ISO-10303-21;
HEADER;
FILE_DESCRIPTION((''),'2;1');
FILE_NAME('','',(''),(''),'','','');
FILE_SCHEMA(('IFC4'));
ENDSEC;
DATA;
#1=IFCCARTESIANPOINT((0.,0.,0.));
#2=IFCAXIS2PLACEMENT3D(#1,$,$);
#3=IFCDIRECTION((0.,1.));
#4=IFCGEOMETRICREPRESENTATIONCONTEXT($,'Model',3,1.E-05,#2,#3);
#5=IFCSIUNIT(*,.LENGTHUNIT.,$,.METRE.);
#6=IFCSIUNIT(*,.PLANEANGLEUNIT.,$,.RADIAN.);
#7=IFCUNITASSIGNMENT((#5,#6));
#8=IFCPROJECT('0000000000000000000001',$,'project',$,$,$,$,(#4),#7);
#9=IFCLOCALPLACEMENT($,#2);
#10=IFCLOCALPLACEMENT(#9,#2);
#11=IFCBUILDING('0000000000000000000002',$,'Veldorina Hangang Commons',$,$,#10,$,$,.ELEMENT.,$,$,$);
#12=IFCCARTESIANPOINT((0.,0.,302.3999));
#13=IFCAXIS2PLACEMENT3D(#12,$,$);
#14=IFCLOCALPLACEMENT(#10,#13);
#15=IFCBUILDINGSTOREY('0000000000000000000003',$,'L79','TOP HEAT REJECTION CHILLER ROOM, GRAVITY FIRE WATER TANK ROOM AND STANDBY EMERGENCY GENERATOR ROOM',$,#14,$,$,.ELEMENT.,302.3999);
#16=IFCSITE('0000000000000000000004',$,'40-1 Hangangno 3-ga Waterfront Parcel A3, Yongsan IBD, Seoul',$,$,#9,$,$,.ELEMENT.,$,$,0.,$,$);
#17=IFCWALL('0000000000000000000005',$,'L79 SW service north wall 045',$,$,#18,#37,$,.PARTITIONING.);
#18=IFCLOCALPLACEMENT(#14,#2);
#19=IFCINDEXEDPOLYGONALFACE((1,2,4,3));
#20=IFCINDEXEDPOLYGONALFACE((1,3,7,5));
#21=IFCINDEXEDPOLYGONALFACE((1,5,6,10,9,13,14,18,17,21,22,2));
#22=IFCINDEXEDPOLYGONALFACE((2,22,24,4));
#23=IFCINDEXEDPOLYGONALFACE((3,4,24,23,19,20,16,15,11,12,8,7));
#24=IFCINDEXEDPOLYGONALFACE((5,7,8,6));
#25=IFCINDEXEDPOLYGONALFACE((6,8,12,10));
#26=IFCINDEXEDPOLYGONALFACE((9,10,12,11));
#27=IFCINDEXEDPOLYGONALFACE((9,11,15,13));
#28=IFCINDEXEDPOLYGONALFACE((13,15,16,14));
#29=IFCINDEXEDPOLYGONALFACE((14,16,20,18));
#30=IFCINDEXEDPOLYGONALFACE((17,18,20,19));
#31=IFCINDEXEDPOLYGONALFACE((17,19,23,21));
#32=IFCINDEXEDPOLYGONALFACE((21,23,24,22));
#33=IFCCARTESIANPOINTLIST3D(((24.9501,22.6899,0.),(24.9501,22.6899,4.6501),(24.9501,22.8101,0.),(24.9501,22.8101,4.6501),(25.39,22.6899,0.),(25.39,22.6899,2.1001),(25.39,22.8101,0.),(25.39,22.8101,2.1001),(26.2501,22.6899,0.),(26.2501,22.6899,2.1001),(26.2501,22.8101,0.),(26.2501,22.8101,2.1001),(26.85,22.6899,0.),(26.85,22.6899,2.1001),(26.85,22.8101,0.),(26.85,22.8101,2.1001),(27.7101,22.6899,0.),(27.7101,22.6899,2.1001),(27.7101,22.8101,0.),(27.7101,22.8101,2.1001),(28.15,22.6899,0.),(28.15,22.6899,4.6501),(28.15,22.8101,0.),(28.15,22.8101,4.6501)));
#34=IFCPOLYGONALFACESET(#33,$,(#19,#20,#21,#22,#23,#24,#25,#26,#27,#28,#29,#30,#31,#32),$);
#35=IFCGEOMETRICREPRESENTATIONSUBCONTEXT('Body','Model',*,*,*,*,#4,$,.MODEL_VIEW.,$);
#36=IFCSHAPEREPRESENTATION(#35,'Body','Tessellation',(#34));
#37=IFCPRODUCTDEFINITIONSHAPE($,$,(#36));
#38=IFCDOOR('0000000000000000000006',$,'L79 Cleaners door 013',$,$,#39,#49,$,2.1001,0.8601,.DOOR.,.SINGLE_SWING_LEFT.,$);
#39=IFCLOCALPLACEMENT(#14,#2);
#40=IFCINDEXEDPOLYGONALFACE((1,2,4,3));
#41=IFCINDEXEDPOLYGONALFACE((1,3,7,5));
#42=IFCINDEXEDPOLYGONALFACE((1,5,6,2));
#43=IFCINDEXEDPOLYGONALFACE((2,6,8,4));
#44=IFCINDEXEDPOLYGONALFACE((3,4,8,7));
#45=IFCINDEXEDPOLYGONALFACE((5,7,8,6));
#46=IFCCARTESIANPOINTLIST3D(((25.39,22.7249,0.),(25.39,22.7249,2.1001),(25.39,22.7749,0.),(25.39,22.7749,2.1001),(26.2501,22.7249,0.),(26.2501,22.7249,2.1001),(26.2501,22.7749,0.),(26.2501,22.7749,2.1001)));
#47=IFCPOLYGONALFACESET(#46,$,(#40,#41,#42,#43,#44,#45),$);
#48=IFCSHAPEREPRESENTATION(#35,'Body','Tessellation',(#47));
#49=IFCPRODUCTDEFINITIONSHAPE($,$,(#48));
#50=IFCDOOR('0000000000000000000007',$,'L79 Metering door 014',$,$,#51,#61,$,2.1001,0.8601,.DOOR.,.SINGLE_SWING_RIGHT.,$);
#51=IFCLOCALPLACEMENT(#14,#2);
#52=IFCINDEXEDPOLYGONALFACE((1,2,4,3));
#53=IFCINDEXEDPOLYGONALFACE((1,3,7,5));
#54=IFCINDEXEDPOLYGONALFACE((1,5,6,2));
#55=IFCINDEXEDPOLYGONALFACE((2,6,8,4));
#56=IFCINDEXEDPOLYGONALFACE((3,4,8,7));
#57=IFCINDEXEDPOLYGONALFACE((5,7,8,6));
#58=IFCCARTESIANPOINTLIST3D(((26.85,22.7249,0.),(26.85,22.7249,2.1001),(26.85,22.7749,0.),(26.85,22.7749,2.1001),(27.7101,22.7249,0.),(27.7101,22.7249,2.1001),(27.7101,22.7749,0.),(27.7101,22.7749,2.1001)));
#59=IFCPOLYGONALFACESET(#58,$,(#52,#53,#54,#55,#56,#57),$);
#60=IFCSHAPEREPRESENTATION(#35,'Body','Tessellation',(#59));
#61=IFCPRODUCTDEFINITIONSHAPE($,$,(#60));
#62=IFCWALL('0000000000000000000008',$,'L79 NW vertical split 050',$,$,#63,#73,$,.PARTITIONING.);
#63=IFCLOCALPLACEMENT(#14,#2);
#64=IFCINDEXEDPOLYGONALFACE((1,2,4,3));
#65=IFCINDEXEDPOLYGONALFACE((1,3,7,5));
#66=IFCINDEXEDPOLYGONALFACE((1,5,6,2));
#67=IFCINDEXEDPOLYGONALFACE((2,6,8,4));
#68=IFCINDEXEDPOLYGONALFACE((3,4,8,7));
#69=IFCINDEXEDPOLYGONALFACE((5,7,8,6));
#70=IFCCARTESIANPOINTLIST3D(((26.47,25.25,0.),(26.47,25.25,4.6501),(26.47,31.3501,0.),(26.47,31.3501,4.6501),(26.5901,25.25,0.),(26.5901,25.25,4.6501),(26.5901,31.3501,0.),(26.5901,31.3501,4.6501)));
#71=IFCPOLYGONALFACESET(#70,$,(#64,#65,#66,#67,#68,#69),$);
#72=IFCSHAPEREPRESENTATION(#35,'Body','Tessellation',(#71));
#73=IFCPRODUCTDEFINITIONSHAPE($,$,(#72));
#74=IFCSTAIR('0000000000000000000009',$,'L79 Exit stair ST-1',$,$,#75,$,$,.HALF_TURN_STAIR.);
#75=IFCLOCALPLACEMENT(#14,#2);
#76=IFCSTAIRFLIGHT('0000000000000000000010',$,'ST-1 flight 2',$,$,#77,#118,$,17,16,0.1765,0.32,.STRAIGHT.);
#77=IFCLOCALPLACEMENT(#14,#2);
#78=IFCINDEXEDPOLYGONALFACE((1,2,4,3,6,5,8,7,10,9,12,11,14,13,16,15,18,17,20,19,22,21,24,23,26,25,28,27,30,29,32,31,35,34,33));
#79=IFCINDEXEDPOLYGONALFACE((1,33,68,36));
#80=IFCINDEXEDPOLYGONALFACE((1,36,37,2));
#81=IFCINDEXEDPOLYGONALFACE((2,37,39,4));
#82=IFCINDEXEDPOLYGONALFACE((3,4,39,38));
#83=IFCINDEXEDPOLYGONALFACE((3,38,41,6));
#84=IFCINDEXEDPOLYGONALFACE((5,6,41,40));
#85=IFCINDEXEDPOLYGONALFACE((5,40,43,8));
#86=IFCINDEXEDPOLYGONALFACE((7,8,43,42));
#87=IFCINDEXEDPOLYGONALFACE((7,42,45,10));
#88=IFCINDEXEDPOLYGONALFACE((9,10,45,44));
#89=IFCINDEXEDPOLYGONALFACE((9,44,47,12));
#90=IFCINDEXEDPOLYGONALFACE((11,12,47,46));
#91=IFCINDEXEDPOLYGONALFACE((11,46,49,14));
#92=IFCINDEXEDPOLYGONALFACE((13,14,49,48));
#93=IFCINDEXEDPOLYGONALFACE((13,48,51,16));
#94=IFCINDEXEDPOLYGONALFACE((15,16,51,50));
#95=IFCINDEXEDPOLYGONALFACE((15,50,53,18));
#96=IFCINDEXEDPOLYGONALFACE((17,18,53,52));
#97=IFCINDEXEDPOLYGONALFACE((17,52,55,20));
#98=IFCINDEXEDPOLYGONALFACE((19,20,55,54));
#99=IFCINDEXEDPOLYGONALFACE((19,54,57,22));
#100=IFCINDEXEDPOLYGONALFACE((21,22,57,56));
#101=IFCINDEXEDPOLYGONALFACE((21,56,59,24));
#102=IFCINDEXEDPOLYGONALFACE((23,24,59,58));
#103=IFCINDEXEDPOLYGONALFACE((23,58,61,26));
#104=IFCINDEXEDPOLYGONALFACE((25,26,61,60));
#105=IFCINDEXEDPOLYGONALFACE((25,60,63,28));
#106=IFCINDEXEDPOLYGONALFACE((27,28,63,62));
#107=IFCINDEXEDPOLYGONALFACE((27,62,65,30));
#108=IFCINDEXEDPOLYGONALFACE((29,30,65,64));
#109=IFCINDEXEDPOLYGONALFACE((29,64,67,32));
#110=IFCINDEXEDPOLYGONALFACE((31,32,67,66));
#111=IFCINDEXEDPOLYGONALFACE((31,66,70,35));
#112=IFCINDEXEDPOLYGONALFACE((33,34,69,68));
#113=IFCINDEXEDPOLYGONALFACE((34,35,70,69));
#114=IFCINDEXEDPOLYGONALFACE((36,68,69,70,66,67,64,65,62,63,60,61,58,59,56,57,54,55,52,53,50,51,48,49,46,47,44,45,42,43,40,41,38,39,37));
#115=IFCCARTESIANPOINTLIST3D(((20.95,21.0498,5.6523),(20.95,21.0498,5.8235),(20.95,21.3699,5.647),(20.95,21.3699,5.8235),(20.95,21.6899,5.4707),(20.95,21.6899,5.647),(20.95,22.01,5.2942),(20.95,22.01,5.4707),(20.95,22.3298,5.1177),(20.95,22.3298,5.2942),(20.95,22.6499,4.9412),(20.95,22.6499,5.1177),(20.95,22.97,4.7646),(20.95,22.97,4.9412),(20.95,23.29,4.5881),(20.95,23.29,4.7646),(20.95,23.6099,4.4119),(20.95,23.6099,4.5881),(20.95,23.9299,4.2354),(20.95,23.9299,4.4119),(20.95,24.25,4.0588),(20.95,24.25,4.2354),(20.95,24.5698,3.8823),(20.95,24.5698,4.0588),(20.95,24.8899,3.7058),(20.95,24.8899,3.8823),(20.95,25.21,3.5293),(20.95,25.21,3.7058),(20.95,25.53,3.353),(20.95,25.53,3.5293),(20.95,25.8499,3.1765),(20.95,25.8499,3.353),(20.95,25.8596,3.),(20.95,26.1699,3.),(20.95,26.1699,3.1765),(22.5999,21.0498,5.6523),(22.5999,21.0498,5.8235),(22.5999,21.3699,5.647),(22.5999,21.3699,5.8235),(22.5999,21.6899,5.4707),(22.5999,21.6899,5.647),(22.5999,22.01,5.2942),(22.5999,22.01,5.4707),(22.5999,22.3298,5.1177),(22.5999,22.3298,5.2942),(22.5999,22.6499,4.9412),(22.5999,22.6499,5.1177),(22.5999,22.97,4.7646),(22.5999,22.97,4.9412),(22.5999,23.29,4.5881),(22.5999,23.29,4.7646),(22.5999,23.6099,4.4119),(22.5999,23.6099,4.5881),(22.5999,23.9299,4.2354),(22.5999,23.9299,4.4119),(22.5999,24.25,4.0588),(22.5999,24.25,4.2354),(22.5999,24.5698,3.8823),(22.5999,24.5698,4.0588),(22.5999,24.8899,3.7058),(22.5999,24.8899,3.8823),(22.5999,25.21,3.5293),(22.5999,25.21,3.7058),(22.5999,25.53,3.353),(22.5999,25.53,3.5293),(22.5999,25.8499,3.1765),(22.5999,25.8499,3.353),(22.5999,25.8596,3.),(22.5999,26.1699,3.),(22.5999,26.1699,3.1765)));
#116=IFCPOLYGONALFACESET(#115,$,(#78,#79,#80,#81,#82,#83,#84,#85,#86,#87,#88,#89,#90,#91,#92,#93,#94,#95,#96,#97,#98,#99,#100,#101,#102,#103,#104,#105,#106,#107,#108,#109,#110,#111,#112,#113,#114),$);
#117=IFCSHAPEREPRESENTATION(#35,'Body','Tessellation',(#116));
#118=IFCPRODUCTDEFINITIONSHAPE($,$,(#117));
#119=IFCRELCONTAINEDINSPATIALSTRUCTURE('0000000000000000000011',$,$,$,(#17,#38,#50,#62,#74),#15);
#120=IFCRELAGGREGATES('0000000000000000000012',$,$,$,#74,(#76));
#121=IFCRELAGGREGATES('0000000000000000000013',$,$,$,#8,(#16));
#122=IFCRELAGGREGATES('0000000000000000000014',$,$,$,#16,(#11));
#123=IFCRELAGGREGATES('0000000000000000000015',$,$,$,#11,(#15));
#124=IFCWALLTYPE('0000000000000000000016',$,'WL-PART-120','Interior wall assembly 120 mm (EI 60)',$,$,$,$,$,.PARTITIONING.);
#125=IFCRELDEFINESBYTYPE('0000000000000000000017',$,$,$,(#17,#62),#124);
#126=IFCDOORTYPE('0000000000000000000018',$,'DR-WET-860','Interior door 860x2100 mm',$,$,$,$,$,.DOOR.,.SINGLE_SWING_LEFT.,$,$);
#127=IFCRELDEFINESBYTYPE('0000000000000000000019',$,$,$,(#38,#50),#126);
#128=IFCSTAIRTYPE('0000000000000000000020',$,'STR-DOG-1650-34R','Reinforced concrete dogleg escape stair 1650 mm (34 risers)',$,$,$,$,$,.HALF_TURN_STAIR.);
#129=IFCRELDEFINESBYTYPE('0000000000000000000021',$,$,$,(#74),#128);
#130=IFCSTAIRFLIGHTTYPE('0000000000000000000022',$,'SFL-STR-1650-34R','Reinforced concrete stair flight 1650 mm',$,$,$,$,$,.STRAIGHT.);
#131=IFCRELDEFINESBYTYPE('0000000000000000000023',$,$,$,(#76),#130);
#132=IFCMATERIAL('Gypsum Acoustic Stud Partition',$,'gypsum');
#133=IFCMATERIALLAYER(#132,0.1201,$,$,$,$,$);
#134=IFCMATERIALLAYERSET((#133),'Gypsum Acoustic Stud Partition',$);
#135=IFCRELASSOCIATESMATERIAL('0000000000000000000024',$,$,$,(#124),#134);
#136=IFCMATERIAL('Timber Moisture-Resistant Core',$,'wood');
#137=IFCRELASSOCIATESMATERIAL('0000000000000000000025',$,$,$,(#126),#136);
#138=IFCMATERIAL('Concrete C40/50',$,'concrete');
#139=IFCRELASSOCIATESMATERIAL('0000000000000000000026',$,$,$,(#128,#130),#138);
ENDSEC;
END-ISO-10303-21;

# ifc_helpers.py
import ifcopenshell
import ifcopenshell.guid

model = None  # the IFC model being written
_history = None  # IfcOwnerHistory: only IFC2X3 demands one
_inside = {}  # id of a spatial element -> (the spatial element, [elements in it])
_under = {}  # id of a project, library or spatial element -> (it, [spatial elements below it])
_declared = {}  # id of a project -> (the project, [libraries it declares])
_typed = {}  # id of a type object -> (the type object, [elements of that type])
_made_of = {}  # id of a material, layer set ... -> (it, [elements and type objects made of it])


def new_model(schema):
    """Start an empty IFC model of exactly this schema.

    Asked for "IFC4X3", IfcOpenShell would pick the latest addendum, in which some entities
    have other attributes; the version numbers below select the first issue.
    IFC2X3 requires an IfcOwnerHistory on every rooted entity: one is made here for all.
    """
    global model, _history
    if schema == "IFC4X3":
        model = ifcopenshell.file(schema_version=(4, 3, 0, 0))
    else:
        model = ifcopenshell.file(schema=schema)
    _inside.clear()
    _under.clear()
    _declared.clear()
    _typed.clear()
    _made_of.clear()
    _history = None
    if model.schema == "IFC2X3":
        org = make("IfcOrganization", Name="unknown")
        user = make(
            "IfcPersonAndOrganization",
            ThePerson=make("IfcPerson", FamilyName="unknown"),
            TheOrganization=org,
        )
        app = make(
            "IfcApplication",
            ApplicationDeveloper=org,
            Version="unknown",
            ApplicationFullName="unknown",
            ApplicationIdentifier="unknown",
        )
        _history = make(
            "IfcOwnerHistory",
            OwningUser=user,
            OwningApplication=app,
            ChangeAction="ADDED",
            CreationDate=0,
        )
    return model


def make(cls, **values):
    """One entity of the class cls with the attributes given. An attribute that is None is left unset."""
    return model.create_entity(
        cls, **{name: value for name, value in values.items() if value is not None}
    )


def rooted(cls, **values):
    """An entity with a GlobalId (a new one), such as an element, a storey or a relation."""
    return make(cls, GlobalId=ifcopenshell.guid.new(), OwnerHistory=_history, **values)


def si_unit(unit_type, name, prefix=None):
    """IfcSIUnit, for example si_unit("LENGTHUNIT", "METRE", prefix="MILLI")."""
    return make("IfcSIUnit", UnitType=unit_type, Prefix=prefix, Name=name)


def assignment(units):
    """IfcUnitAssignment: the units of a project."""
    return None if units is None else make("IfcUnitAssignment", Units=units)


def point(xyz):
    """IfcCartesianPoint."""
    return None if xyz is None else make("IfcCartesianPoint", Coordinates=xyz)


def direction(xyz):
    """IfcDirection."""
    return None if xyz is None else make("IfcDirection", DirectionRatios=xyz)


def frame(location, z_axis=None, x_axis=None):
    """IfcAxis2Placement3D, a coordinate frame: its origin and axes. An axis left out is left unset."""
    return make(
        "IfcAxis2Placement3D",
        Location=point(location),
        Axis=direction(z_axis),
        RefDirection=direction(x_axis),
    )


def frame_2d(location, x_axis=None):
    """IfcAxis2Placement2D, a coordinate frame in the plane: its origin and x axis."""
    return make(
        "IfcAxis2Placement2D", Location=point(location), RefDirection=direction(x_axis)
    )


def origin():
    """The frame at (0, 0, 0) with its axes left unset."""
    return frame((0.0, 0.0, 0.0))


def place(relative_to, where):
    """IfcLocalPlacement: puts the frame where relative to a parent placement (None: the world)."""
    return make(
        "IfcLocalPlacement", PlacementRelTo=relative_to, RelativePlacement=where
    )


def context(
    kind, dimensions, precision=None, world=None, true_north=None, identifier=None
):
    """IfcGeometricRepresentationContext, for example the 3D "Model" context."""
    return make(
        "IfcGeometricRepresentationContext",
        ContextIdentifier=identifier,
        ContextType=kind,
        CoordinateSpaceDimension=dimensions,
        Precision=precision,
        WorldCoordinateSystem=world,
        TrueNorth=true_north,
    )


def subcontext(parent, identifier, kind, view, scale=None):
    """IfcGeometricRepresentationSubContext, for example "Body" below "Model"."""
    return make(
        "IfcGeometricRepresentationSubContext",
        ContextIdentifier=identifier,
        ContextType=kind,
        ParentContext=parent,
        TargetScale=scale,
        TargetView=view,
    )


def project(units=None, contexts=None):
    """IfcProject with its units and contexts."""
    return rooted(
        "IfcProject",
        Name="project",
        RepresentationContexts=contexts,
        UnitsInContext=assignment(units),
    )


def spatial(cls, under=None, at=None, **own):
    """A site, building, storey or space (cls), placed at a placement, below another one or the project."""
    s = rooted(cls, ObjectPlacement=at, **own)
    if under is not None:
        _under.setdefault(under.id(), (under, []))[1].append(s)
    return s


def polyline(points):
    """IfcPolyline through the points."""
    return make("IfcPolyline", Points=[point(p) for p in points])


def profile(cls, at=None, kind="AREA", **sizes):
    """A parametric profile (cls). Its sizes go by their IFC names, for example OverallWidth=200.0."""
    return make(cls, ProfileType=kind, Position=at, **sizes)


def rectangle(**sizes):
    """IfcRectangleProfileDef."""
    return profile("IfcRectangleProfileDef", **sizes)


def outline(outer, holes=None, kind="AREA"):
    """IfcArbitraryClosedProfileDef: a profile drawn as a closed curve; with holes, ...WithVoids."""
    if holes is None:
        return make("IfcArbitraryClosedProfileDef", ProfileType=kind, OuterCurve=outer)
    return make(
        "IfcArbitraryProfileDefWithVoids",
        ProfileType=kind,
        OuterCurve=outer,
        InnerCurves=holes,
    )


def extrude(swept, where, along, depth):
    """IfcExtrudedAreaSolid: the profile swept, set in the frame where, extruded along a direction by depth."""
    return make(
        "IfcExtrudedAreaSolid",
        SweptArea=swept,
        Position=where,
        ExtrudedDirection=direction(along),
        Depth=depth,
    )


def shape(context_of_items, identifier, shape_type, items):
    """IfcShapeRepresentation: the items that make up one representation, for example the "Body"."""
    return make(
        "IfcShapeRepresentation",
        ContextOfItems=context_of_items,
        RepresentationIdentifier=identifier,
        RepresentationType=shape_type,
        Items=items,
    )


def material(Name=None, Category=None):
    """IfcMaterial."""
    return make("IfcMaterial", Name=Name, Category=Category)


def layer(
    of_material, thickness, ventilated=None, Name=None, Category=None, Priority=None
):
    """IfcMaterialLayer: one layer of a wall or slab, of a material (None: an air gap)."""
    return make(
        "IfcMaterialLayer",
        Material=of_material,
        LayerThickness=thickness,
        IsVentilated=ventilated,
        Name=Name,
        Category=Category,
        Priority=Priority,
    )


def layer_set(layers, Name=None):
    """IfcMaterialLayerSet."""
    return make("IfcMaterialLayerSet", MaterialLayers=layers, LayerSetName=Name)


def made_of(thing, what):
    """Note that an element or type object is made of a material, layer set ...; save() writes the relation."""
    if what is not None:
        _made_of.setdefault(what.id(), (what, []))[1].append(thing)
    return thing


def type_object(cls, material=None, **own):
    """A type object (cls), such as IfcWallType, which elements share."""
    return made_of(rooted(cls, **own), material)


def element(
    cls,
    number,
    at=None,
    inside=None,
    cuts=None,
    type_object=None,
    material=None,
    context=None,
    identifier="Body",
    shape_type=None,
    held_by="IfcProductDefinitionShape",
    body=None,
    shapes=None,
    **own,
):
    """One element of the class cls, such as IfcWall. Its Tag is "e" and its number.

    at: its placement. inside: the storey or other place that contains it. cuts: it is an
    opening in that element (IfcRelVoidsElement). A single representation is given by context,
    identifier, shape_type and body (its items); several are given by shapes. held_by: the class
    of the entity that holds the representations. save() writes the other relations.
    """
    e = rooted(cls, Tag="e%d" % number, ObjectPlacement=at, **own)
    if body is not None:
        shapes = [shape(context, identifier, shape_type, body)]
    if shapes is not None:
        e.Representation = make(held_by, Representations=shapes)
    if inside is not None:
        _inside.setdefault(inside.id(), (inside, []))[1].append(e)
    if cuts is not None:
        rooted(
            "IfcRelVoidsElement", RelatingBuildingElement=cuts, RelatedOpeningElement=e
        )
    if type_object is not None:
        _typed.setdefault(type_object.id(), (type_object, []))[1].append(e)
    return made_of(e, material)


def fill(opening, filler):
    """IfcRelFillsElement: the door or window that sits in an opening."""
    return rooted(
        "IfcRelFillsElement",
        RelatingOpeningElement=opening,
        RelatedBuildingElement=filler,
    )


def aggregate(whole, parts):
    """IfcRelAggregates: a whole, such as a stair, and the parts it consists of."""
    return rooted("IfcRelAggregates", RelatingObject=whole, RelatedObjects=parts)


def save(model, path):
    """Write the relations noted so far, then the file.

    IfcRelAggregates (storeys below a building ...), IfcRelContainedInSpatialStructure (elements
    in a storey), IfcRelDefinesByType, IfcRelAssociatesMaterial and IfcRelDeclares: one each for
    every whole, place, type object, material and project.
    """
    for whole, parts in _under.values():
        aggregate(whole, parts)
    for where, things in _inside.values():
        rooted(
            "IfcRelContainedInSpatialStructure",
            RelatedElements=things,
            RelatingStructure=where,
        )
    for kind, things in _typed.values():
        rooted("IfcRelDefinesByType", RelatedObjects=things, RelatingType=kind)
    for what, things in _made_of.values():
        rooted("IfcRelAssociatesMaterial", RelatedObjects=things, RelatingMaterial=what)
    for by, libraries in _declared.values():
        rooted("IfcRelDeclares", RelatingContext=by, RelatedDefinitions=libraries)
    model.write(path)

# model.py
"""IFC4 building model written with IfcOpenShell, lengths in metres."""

from ifc_helpers import new_model, si_unit, direction, frame, frame_2d, origin, place, context, subcontext, project, spatial, polyline, rectangle, outline, extrude, material, layer, layer_set, type_object, element, fill, aggregate, save


model = new_model("IFC4")

# Units and contexts
model_context = context("Model", 3, precision=1e-05, world=origin(), true_north=direction((0.0, 1.0)))
body_context = subcontext(model_context, "Body", "Model", "MODEL_VIEW")
ifc_project = project(units=[si_unit("LENGTHUNIT", "METRE"), si_unit("PLANEANGLEUNIT", "RADIAN")], contexts=[model_context])

# Site, building, storey
site_placement = place(None, origin())
site = spatial("IfcSite", under=ifc_project, at=site_placement, Name="40-1 Hangangno 3-ga Waterfront Parcel A3, Yongsan IBD, Seoul", CompositionType="ELEMENT", RefElevation=0.0)
building_placement = place(site_placement, origin())
building = spatial("IfcBuilding", under=site, at=building_placement, Name="Veldorina Hangang Commons", CompositionType="ELEMENT")
storey_placement = place(building_placement, frame((0.0, 0.0, 302.3999)))
storey = spatial("IfcBuildingStorey", under=building, at=storey_placement, Name="L79", Description="TOP HEAT REJECTION CHILLER ROOM, GRAVITY FIRE WATER TANK ROOM AND STANDBY EMERGENCY GENERATOR ROOM", CompositionType="ELEMENT", Elevation=302.3999)

# Shared definitions
ifc_material_1 = material(Name="Gypsum Acoustic Stud Partition", Category="gypsum")
ifc_layer_1 = layer(ifc_material_1, 0.1201)
ifc_layer_set_1 = layer_set([ifc_layer_1], Name="Gypsum Acoustic Stud Partition")
wall_type_1 = type_object("IfcWallType", Name="WL-PART-120", Description="Interior wall assembly 120 mm (EI 60)", PredefinedType="PARTITIONING", material=ifc_layer_set_1)

# Wall, openings, doors
ifc_material_2 = material(Name="Timber Moisture-Resistant Core", Category="wood")
door_type_1 = type_object("IfcDoorType", Name="DR-WET-860", Description="Interior door 860x2100 mm", OperationType="SINGLE_SWING_LEFT", PredefinedType="DOOR", material=ifc_material_2)
wall_1_placement = place(storey_placement, frame((24.95, 22.75, 0.0), z_axis=(0.0, 0.0, 1.0), x_axis=(1.0, 0.0, 0.0)))
wall_1 = element("IfcWall", 1, at=wall_1_placement, inside=storey, type_object=wall_type_1, Name="L79 SW service north wall 045", PredefinedType="PARTITIONING", context=body_context, shape_type="SweptSolid", body=[
    extrude(rectangle(XDim=3.2, YDim=0.1201, at=frame_2d((1.6001, 0.0))), origin(), (0.0, 0.0, 1.0), 4.6501),
])
opening_1_placement = place(wall_1_placement, frame((0.4399, 0.0, 0.0)))
opening_1 = element("IfcOpeningElement", 2, at=opening_1_placement, cuts=wall_1, PredefinedType="OPENING", context=body_context, shape_type="SweptSolid", body=[
    extrude(rectangle(XDim=0.8601, YDim=2.1001, at=frame_2d((0.4302, 1.05))), frame((0.0, 0.0701, 0.0), z_axis=(0.0, -1.0, 0.0), x_axis=(1.0, 0.0, 0.0)), (0.0, 0.0, 1.0), 0.1401),
])
opening_2_placement = place(wall_1_placement, frame((1.8999, 0.0, 0.0)))
opening_2 = element("IfcOpeningElement", 3, at=opening_2_placement, cuts=wall_1, PredefinedType="OPENING", context=body_context, shape_type="SweptSolid", body=[
    extrude(rectangle(XDim=0.8601, YDim=2.1001, at=frame_2d((0.4302, 1.05))), frame((0.0, 0.0701, 0.0), z_axis=(0.0, -1.0, 0.0), x_axis=(1.0, 0.0, 0.0)), (0.0, 0.0, 1.0), 0.1401),
])
door_1_placement = place(opening_1_placement, origin())
door_1 = element("IfcDoor", 4, at=door_1_placement, inside=storey, type_object=door_type_1, Name="L79 Cleaners door 013", OperationType="SINGLE_SWING_LEFT", OverallHeight=2.1001, OverallWidth=0.8601, PredefinedType="DOOR", context=body_context, shape_type="SweptSolid", body=[
    extrude(rectangle(XDim=0.8601, YDim=2.1001, at=frame_2d((0.4302, 1.05))), frame((0.0, 0.0249, 0.0), z_axis=(0.0, -1.0, 0.0), x_axis=(1.0, 0.0, 0.0)), (0.0, 0.0, 1.0), 0.05),
])
fill(opening_1, door_1)
door_2_placement = place(opening_2_placement, origin())
door_2 = element("IfcDoor", 5, at=door_2_placement, inside=storey, type_object=door_type_1, Name="L79 Metering door 014", OperationType="SINGLE_SWING_RIGHT", OverallHeight=2.1001, OverallWidth=0.8601, PredefinedType="DOOR", context=body_context, shape_type="SweptSolid", body=[
    extrude(rectangle(XDim=0.8601, YDim=2.1001, at=frame_2d((0.4302, 1.05))), frame((0.0, 0.0249, 0.0), z_axis=(0.0, -1.0, 0.0), x_axis=(1.0, 0.0, 0.0)), (0.0, 0.0, 1.0), 0.05),
])
fill(opening_2, door_2)

# Wall
wall_2_placement = place(storey_placement, frame((26.53, 25.25, 0.0), z_axis=(0.0, 0.0, 1.0), x_axis=(0.0, 1.0, 0.0)))
element("IfcWall", 6, at=wall_2_placement, inside=storey, type_object=wall_type_1, Name="L79 NW vertical split 050", PredefinedType="PARTITIONING", context=body_context, shape_type="SweptSolid", body=[
    extrude(rectangle(XDim=6.1001, YDim=0.1201, at=frame_2d((3.05, 0.0))), origin(), (0.0, 0.0, 1.0), 4.6501),
])

# Stair, stair flight
ifc_material_3 = material(Name="Concrete C40/50", Category="concrete")
stair_type = type_object("IfcStairType", Name="STR-DOG-1650-34R", Description="Reinforced concrete dogleg escape stair 1650 mm (34 risers)", PredefinedType="HALF_TURN_STAIR", material=ifc_material_3)
stair_placement = place(storey_placement, origin())
stair = element("IfcStair", 7, at=stair_placement, inside=storey, type_object=stair_type, Name="L79 Exit stair ST-1", PredefinedType="HALF_TURN_STAIR")
stair_flight_type = type_object("IfcStairFlightType", Name="SFL-STR-1650-34R", Description="Reinforced concrete stair flight 1650 mm", PredefinedType="STRAIGHT", material=ifc_material_3)
stair_flight_placement = place(storey_placement, frame((21.7749, 26.1699, 3.0), z_axis=(0.0, 0.0, 1.0), x_axis=(0.0, -1.0, 0.0)))
stair_flight = element("IfcStairFlight", 8, at=stair_flight_placement, type_object=stair_flight_type, Name="ST-1 flight 2", NumberOfRisers=17, NumberOfTreads=16, PredefinedType="STRAIGHT", RiserHeight=0.1765, TreadLength=0.32, context=body_context, shape_type="SweptSolid", body=[
    extrude(outline(polyline([(0.0, 0.0), (0.0, 0.1765), (0.3201, 0.1765), (0.3201, 0.353), (0.6399, 0.353), (0.6399, 0.5293), (0.96, 0.5293), (0.96, 0.7058), (1.28, 0.7058), (1.28, 0.8823), (1.6001, 0.8823), (1.6001, 1.0588), (1.9199, 1.0588), (1.9199, 1.2354), (2.24, 1.2354), (2.24, 1.4119), (2.5601, 1.4119), (2.5601, 1.5881), (2.8799, 1.5881), (2.8799, 1.7646), (3.2, 1.7646), (3.2, 1.9412), (3.52, 1.9412), (3.52, 2.1177), (3.8401, 2.1177), (3.8401, 2.2942), (4.1599, 2.2942), (4.1599, 2.4707), (4.48, 2.4707), (4.48, 2.647), (4.8, 2.647), (4.8, 2.8235), (5.1201, 2.8235), (5.1201, 3.0), (5.1201, 2.6523), (0.3103, 0.0), (0.0, 0.0)])), frame((0.0, 0.825, 0.0), z_axis=(0.0, -1.0, 0.0), x_axis=(1.0, 0.0, 0.0)), (0.0, 0.0, 1.0), 1.6499),
])
aggregate(stair, [stair_flight])

save(model, "model.ifc")
